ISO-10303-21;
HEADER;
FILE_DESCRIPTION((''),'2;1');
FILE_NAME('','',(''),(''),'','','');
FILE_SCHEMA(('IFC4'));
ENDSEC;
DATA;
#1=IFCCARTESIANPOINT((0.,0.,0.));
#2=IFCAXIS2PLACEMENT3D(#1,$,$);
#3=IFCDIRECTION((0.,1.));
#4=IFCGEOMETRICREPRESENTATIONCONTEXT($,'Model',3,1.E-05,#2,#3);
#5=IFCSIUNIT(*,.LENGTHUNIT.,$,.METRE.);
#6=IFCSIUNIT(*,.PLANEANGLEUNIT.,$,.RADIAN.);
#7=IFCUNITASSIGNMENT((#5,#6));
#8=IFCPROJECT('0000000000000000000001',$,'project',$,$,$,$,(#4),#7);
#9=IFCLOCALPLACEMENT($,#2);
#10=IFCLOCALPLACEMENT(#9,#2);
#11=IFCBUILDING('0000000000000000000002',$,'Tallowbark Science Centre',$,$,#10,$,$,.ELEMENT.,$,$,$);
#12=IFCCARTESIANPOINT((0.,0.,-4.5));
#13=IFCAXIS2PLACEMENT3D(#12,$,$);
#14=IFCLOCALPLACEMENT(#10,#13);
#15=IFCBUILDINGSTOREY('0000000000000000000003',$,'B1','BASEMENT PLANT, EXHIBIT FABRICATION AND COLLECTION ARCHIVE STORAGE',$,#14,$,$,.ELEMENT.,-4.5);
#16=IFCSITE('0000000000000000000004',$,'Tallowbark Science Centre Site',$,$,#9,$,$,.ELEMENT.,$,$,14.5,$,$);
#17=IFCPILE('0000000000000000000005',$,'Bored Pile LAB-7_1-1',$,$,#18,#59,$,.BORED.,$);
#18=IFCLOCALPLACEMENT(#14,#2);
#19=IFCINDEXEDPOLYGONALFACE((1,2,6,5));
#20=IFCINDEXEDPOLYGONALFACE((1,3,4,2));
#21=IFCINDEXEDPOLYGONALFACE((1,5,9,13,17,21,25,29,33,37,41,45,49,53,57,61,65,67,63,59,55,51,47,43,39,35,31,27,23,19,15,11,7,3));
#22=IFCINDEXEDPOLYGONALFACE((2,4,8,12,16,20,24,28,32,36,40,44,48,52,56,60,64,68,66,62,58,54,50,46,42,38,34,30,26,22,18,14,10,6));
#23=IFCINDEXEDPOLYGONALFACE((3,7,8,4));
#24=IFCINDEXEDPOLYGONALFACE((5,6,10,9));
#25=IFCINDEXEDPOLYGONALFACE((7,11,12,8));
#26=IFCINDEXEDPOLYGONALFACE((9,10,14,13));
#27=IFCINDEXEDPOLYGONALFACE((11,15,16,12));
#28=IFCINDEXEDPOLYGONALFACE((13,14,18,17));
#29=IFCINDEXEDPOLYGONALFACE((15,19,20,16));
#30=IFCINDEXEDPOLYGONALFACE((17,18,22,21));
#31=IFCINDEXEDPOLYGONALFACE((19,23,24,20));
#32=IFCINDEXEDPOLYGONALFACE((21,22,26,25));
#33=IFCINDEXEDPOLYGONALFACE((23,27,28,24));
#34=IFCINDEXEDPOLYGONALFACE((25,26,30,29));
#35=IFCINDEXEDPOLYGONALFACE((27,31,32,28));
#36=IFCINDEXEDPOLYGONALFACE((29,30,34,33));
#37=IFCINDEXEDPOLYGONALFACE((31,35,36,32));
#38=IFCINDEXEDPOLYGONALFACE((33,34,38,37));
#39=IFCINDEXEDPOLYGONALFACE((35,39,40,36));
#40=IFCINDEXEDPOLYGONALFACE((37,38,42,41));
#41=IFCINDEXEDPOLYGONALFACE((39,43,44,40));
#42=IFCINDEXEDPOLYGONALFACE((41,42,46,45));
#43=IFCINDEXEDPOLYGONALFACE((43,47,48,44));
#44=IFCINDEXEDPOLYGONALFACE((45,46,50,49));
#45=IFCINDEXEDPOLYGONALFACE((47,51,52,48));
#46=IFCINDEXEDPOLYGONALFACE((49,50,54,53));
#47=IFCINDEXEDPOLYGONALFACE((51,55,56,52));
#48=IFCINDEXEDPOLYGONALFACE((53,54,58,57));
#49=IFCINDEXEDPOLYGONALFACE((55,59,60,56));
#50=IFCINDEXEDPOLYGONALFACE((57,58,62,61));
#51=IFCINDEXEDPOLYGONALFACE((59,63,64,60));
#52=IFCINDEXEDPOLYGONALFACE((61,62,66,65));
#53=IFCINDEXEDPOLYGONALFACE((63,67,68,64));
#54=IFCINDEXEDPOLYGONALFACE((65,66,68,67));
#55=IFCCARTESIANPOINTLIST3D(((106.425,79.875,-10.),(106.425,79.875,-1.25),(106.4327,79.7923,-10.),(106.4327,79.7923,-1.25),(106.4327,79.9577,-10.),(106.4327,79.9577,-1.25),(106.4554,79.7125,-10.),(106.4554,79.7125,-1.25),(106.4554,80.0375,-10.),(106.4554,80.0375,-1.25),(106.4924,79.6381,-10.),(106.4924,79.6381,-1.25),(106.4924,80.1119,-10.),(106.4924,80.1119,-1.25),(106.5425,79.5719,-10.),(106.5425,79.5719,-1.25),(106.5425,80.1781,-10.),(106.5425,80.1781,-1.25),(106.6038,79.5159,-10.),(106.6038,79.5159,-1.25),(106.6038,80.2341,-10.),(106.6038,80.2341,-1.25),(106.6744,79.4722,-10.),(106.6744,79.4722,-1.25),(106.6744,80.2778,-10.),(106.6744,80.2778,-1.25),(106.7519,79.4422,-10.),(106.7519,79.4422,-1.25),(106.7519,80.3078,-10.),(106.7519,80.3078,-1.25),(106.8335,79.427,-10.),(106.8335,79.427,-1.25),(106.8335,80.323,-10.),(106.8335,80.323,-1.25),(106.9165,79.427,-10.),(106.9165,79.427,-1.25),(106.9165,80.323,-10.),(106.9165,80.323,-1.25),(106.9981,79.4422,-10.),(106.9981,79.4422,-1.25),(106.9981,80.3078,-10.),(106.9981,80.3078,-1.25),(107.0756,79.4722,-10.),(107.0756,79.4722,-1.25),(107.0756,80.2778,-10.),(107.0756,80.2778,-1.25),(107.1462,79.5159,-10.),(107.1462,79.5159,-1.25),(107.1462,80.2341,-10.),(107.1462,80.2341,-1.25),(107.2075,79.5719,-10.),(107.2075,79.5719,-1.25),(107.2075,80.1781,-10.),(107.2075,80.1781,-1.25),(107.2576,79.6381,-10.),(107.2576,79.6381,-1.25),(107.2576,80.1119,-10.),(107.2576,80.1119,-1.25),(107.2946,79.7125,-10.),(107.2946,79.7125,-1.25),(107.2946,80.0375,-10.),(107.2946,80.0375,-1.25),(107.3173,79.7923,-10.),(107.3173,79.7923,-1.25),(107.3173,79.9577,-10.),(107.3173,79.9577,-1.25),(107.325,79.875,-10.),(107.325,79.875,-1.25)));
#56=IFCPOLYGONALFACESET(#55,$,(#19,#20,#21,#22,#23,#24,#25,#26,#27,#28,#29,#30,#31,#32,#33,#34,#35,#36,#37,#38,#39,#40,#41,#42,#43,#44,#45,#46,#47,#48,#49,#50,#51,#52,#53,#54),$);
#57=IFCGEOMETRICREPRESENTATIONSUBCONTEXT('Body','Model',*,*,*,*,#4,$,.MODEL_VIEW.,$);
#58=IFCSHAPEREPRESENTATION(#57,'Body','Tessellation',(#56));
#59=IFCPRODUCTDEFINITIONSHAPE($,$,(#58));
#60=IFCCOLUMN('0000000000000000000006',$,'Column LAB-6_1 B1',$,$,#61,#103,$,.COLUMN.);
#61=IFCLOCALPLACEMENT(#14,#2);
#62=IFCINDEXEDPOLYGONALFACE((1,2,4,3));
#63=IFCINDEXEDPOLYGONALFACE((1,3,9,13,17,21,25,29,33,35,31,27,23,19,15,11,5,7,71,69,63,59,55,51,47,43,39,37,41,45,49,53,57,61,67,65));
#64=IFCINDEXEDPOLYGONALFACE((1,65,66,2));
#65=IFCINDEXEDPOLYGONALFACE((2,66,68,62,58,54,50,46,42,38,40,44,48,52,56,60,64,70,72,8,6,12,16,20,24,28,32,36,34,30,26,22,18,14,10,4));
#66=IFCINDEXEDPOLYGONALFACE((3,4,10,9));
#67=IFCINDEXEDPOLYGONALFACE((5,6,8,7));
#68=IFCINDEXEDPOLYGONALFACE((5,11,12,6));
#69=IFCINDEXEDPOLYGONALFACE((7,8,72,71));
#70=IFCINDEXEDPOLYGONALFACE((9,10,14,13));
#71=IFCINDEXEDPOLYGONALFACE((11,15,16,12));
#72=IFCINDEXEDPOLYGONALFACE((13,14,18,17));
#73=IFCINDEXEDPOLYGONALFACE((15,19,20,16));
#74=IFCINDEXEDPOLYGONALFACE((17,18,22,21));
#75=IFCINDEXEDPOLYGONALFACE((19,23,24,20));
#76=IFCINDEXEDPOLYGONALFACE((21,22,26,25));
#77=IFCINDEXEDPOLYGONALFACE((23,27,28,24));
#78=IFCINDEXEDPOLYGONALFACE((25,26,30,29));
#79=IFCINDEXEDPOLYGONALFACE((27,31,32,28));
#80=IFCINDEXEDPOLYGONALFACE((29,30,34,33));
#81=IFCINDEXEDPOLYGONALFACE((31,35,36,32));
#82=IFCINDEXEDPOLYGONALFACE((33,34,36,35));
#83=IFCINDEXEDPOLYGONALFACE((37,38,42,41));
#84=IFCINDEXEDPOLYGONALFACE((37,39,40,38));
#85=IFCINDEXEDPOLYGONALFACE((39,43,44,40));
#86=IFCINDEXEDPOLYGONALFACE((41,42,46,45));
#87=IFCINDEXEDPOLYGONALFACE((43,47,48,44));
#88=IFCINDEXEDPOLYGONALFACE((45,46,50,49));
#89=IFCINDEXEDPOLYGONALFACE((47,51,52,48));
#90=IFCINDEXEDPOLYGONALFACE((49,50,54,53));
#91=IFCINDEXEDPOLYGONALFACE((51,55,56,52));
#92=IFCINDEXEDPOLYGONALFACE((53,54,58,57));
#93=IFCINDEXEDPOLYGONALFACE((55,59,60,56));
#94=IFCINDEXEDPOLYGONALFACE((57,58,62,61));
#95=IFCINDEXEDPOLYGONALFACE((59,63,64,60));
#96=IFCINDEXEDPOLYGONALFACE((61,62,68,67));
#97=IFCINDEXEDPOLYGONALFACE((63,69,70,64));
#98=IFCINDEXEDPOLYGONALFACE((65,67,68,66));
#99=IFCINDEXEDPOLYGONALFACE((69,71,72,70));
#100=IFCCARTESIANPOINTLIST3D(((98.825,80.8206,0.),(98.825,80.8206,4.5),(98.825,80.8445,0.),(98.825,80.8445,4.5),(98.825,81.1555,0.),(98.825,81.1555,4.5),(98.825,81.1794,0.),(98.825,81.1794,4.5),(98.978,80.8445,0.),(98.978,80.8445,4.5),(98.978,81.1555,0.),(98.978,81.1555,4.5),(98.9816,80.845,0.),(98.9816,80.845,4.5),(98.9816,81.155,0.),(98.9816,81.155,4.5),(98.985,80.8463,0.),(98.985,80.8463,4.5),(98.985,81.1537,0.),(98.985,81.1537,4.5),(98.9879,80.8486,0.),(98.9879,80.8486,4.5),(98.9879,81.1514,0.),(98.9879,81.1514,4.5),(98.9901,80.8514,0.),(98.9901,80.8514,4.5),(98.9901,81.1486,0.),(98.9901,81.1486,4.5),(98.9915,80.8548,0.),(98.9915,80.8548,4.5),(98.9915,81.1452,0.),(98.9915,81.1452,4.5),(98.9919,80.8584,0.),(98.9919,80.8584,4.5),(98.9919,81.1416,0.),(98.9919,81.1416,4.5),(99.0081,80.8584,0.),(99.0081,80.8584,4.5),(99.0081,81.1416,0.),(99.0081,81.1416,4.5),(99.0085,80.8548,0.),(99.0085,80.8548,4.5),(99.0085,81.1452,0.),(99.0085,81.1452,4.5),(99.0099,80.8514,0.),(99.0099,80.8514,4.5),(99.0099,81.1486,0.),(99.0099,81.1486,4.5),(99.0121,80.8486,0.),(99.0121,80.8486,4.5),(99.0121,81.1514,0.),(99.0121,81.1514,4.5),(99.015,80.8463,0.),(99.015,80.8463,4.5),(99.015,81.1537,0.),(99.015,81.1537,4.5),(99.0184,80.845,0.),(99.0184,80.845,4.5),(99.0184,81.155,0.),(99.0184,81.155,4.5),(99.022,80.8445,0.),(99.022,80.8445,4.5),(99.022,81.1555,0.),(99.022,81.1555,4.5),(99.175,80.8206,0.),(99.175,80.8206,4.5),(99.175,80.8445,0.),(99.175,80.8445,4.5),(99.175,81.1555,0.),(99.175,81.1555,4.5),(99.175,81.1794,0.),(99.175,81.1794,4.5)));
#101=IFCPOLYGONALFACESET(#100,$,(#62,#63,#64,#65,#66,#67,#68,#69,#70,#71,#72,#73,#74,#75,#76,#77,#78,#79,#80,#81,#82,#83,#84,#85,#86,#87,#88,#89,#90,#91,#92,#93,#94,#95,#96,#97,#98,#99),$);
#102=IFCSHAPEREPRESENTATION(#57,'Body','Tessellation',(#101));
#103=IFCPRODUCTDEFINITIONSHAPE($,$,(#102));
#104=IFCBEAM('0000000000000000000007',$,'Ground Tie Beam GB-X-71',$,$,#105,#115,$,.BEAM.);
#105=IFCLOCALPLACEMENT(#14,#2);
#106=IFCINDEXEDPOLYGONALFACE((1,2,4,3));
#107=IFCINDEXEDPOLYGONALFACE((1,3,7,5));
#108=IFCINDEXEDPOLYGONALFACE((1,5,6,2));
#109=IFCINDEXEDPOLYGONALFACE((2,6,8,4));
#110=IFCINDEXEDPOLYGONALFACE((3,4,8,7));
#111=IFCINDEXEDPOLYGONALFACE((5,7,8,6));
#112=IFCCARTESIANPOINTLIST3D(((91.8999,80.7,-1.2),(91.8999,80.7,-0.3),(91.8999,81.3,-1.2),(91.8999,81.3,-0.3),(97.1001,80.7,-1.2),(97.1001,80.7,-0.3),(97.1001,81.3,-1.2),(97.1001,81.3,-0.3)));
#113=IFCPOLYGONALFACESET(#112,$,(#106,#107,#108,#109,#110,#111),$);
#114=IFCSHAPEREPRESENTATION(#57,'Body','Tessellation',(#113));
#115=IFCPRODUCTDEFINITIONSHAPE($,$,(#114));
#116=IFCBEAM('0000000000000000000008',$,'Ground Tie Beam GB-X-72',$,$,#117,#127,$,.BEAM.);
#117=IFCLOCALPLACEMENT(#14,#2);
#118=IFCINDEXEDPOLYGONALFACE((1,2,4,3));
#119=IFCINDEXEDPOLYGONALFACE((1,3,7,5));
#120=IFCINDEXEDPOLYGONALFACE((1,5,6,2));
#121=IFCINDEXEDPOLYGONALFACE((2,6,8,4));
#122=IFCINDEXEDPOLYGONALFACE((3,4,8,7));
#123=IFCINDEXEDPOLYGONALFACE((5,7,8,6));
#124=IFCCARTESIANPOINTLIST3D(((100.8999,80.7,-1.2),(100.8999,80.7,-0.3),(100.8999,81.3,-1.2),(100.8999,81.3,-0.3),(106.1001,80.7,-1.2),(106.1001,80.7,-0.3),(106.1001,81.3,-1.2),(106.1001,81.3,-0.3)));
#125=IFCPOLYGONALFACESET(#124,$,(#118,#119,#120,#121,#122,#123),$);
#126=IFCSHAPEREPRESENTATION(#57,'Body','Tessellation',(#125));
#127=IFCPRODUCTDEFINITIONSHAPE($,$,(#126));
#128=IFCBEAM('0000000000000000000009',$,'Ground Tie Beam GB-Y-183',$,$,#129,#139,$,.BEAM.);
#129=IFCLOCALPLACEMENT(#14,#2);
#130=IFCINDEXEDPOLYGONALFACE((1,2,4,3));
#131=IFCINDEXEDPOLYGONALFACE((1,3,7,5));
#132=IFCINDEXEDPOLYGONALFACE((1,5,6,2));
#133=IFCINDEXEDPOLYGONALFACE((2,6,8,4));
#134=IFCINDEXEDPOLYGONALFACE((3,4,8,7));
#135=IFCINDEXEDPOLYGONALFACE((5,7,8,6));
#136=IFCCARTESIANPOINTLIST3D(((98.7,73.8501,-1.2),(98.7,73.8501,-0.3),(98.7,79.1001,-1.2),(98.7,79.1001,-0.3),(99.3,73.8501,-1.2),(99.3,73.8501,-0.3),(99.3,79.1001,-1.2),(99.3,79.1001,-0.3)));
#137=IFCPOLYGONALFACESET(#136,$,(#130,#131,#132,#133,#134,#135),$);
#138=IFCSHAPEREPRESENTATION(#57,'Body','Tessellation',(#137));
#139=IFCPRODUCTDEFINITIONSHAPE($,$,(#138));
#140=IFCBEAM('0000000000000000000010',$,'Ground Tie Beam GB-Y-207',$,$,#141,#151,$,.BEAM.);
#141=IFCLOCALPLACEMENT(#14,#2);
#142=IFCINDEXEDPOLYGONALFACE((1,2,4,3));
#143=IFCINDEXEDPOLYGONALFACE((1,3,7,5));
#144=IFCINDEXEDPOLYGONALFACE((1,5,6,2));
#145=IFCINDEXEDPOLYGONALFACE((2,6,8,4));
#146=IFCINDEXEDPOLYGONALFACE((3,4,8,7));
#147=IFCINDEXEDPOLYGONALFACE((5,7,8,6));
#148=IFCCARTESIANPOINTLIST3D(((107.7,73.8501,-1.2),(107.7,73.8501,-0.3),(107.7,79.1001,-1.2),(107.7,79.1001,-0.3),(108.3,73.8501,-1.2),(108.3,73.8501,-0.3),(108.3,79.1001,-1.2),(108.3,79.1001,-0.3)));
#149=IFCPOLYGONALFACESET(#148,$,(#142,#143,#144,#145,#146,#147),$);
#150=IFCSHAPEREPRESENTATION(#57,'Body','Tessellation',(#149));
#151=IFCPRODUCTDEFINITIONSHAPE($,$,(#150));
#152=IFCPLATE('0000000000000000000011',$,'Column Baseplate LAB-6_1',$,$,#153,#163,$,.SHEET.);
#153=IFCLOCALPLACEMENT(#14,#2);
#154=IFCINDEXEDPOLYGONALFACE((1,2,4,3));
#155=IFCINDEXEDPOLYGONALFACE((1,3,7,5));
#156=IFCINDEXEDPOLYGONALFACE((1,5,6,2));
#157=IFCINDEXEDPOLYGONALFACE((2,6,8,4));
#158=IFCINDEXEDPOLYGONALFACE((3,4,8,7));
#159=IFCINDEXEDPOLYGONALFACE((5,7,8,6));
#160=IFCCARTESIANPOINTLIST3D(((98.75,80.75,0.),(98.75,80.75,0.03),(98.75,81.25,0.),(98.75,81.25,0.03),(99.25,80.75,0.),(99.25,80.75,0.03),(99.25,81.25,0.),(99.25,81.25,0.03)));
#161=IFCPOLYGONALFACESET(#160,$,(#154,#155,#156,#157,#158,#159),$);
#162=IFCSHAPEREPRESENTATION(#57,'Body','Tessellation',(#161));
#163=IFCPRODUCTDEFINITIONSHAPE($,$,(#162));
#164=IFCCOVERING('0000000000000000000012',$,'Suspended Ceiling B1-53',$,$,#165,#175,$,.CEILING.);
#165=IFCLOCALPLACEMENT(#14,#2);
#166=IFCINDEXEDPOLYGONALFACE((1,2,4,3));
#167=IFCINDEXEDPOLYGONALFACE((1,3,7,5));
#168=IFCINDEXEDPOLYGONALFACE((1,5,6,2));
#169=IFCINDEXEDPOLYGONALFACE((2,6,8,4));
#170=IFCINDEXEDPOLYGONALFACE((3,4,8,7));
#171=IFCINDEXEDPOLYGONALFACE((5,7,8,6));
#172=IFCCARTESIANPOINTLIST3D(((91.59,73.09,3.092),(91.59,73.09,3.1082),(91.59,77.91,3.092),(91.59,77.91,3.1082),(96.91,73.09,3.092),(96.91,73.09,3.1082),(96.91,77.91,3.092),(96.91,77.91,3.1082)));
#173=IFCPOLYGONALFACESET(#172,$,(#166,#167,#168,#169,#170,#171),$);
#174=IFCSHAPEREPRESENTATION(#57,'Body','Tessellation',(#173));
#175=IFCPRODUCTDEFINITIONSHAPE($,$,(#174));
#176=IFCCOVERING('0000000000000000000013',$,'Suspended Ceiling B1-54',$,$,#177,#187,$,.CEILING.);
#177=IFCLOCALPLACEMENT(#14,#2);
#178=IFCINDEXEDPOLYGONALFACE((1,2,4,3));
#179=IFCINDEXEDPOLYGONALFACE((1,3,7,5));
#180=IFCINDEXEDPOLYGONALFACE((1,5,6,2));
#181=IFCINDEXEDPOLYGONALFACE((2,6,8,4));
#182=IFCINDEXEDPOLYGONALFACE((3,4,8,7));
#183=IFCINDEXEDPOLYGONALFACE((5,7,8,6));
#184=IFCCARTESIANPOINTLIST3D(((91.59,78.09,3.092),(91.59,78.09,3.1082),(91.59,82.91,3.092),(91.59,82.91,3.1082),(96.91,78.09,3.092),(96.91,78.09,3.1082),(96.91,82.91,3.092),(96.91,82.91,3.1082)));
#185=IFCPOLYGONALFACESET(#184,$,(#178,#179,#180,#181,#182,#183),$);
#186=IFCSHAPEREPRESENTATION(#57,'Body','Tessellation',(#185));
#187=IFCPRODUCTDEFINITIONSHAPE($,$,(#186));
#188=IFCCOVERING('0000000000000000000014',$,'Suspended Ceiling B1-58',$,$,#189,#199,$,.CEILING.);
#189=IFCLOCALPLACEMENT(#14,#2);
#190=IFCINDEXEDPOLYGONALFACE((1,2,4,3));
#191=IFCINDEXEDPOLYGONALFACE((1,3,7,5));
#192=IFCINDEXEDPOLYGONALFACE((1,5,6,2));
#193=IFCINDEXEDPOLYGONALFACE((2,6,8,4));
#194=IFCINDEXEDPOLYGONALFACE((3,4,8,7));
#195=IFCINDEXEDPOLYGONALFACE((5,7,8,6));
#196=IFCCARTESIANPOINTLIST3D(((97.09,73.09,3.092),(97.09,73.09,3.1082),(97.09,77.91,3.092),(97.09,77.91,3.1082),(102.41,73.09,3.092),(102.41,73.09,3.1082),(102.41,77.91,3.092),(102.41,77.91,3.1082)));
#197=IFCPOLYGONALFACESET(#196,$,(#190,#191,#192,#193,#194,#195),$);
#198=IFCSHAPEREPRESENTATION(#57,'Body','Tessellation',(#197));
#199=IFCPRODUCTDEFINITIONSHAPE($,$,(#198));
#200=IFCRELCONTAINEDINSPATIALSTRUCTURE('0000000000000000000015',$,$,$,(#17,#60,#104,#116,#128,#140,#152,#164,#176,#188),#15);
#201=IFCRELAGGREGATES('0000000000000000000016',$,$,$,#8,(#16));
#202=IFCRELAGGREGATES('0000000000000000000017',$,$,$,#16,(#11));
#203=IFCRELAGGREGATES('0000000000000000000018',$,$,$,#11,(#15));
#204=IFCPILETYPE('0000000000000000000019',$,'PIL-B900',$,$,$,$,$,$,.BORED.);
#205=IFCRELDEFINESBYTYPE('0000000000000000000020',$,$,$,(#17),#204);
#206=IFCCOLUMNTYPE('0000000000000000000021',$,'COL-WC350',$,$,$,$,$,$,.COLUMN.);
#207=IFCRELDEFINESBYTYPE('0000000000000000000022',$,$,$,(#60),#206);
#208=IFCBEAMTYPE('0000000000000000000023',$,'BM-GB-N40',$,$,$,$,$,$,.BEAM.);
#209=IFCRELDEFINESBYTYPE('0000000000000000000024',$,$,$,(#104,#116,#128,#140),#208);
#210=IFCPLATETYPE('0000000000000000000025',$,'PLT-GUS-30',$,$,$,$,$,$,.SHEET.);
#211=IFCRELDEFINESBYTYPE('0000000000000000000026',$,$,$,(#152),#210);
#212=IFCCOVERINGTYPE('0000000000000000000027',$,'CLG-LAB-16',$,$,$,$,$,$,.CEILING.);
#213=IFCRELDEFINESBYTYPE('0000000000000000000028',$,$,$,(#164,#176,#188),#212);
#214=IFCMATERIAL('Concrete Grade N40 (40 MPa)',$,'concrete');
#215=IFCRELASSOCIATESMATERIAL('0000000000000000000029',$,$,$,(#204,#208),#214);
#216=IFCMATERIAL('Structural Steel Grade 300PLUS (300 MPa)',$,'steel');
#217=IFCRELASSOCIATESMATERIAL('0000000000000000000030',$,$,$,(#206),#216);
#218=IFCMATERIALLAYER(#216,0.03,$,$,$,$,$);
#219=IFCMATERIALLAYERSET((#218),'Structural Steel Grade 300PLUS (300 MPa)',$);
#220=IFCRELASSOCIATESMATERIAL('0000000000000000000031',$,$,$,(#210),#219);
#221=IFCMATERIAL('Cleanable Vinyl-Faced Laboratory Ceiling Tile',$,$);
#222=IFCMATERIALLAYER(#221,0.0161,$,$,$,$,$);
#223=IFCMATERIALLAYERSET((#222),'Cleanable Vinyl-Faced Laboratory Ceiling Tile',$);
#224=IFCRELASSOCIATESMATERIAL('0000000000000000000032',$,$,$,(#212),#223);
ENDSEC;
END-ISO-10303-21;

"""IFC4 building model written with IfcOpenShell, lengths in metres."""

from ifc_helpers import new_model, si_unit, direction, frame, origin, origin_2d, place, context, subcontext, project, spatial, rectangle, circle, i_section, extrude, material, layer, layer_set, material_profile, profile_set, type_object, element, save


model = new_model("IFC4")

# Units and contexts
model_context = context("Model", 3, precision=1e-05, world=origin(), true_north=direction((0.0, 1.0)))
body_context = subcontext(model_context, "Body", "Model", "MODEL_VIEW")
ifc_project = project(units=[si_unit("LENGTHUNIT", "METRE"), si_unit("PLANEANGLEUNIT", "RADIAN")], contexts=[model_context])

# Site, building, storey
site_placement = place(None, origin())
site = spatial("IfcSite", under=ifc_project, at=site_placement, Name="Tallowbark Science Centre Site", CompositionType="ELEMENT", RefElevation=14.5)
building_placement = place(site_placement, origin())
building = spatial("IfcBuilding", under=site, at=building_placement, Name="Tallowbark Science Centre", CompositionType="ELEMENT")
storey_placement = place(building_placement, frame((0.0, 0.0, -4.5)))
storey = spatial("IfcBuildingStorey", under=building, at=storey_placement, Name="B1", Description="BASEMENT PLANT, EXHIBIT FABRICATION AND COLLECTION ARCHIVE STORAGE", CompositionType="ELEMENT", Elevation=-4.5)

# Shared definitions
ifc_material_1 = material(Name="Concrete Grade N40 (40 MPa)", Category="concrete")

# Pile
ifc_material_profile_1 = material_profile(ifc_material_1, circle(Radius=0.45, at=origin_2d()), Name="PILE900")
ifc_profile_set_1 = profile_set([ifc_material_profile_1], Name="Concrete Grade N40 (40 MPa)")
pile_type = type_object("IfcPileType", Name="PIL-B900", PredefinedType="BORED", material=ifc_profile_set_1)
pile_1_placement = place(storey_placement, frame((106.875, 79.875, -1.25), z_axis=(0.0, 0.0, -1.0), x_axis=(1.0, 0.0, 0.0)))
element("IfcPile", 1, at=pile_1_placement, inside=storey, type_object=pile_type, Name="Bored Pile LAB-7_1-1", PredefinedType="BORED", context=body_context, shape_type="SweptSolid", body=[
    extrude(circle(Radius=0.45, at=origin_2d()), origin(), (0.0, 0.0, 1.0), 8.75),
])

# Column
ifc_material_2 = material(Name="Structural Steel Grade 300PLUS (300 MPa)", Category="steel")
ifc_material_profile_2 = material_profile(ifc_material_2, i_section(OverallWidth=0.3501, OverallDepth=0.3589, WebThickness=0.0161, FlangeThickness=0.0239, FilletRadius=0.0139, at=origin_2d()), Name="350WC197")
ifc_profile_set_2 = profile_set([ifc_material_profile_2], Name="Structural Steel Grade 300PLUS (300 MPa)")
column_type = type_object("IfcColumnType", Name="COL-WC350", PredefinedType="COLUMN", material=ifc_profile_set_2)
column_placement = place(storey_placement, frame((99.0, 81.0, 0.0), z_axis=(0.0, 0.0, 1.0), x_axis=(1.0, 0.0, 0.0)))
element("IfcColumn", 2, at=column_placement, inside=storey, type_object=column_type, Name="Column LAB-6_1 B1", PredefinedType="COLUMN", context=body_context, shape_type="SweptSolid", body=[
    extrude(i_section(OverallWidth=0.3501, OverallDepth=0.3589, WebThickness=0.0161, FlangeThickness=0.0239, FilletRadius=0.0139, at=origin_2d()), origin(), (0.0, 0.0, 1.0), 4.5),
])

# Beams
ifc_material_profile_3 = material_profile(ifc_material_1, rectangle(XDim=0.6001, YDim=0.8999, at=origin_2d()), Name="RC600x900")
ifc_profile_set_3 = profile_set([ifc_material_profile_3], Name="Concrete Grade N40 (40 MPa)")
beam_type = type_object("IfcBeamType", Name="BM-GB-N40", PredefinedType="BEAM", material=ifc_profile_set_3)
for number, where, z_axis, x_axis, name in (
    (3, (91.8999, 81.0, -0.75), (1.0, 0.0, 0.0), (0.0, 1.0, 0.0), "Ground Tie Beam GB-X-71"),
    (4, (100.8999, 81.0, -0.75), (1.0, 0.0, 0.0), (0.0, 1.0, 0.0), "Ground Tie Beam GB-X-72"),
):
    element("IfcBeam", number, at=place(storey_placement, frame(where, z_axis=z_axis, x_axis=x_axis)), inside=storey, type_object=beam_type, Name=name, PredefinedType="BEAM", context=body_context, shape_type="SweptSolid", body=[
        extrude(rectangle(XDim=0.6001, YDim=0.8999, at=origin_2d()), origin(), (0.0, 0.0, 1.0), 5.2002),
    ])
for number, where, z_axis, x_axis, name in (
    (5, (99.0, 73.8501, -0.75), (0.0, 1.0, 0.0), (-1.0, 0.0, 0.0), "Ground Tie Beam GB-Y-183"),
    (6, (108.0, 73.8501, -0.75), (0.0, 1.0, 0.0), (-1.0, 0.0, 0.0), "Ground Tie Beam GB-Y-207"),
):
    element("IfcBeam", number, at=place(storey_placement, frame(where, z_axis=z_axis, x_axis=x_axis)), inside=storey, type_object=beam_type, Name=name, PredefinedType="BEAM", context=body_context, shape_type="SweptSolid", body=[
        extrude(rectangle(XDim=0.6001, YDim=0.8999, at=origin_2d()), origin(), (0.0, 0.0, 1.0), 5.25),
    ])

# Plate
ifc_layer_1 = layer(ifc_material_2, 0.03)
ifc_layer_set_1 = layer_set([ifc_layer_1], Name="Structural Steel Grade 300PLUS (300 MPa)")
plate_type = type_object("IfcPlateType", Name="PLT-GUS-30", PredefinedType="SHEET", material=ifc_layer_set_1)
plate_placement = place(storey_placement, frame((99.0, 81.0, 0.0), z_axis=(0.0, 0.0, 1.0), x_axis=(1.0, 0.0, 0.0)))
element("IfcPlate", 7, at=plate_placement, inside=storey, type_object=plate_type, Name="Column Baseplate LAB-6_1", PredefinedType="SHEET", context=body_context, shape_type="SweptSolid", body=[
    extrude(rectangle(XDim=0.5, YDim=0.5, at=origin_2d()), origin(), (0.0, 0.0, 1.0), 0.03),
])

# Coverings
ifc_material_3 = material(Name="Cleanable Vinyl-Faced Laboratory Ceiling Tile")
ifc_layer_2 = layer(ifc_material_3, 0.0161)
ifc_layer_set_2 = layer_set([ifc_layer_2], Name="Cleanable Vinyl-Faced Laboratory Ceiling Tile")
covering_type_1 = type_object("IfcCoveringType", Name="CLG-LAB-16", PredefinedType="CEILING", material=ifc_layer_set_2)
for number, where, z_axis, x_axis, name in (
    (8, (94.25, 75.5, 3.092), (0.0, 0.0, 1.0), (1.0, 0.0, 0.0), "Suspended Ceiling B1-53"),
    (9, (94.25, 80.5, 3.092), (0.0, 0.0, 1.0), (1.0, 0.0, 0.0), "Suspended Ceiling B1-54"),
    (10, (99.75, 75.5, 3.092), (0.0, 0.0, 1.0), (1.0, 0.0, 0.0), "Suspended Ceiling B1-58"),
):
    element("IfcCovering", number, at=place(storey_placement, frame(where, z_axis=z_axis, x_axis=x_axis)), inside=storey, type_object=covering_type_1, Name=name, PredefinedType="CEILING", context=body_context, shape_type="SweptSolid", body=[
        extrude(rectangle(XDim=5.3201, YDim=4.8201, at=origin_2d()), origin(), (0.0, 0.0, 1.0), 0.0161),
    ])

save(model, "model.ifc")
